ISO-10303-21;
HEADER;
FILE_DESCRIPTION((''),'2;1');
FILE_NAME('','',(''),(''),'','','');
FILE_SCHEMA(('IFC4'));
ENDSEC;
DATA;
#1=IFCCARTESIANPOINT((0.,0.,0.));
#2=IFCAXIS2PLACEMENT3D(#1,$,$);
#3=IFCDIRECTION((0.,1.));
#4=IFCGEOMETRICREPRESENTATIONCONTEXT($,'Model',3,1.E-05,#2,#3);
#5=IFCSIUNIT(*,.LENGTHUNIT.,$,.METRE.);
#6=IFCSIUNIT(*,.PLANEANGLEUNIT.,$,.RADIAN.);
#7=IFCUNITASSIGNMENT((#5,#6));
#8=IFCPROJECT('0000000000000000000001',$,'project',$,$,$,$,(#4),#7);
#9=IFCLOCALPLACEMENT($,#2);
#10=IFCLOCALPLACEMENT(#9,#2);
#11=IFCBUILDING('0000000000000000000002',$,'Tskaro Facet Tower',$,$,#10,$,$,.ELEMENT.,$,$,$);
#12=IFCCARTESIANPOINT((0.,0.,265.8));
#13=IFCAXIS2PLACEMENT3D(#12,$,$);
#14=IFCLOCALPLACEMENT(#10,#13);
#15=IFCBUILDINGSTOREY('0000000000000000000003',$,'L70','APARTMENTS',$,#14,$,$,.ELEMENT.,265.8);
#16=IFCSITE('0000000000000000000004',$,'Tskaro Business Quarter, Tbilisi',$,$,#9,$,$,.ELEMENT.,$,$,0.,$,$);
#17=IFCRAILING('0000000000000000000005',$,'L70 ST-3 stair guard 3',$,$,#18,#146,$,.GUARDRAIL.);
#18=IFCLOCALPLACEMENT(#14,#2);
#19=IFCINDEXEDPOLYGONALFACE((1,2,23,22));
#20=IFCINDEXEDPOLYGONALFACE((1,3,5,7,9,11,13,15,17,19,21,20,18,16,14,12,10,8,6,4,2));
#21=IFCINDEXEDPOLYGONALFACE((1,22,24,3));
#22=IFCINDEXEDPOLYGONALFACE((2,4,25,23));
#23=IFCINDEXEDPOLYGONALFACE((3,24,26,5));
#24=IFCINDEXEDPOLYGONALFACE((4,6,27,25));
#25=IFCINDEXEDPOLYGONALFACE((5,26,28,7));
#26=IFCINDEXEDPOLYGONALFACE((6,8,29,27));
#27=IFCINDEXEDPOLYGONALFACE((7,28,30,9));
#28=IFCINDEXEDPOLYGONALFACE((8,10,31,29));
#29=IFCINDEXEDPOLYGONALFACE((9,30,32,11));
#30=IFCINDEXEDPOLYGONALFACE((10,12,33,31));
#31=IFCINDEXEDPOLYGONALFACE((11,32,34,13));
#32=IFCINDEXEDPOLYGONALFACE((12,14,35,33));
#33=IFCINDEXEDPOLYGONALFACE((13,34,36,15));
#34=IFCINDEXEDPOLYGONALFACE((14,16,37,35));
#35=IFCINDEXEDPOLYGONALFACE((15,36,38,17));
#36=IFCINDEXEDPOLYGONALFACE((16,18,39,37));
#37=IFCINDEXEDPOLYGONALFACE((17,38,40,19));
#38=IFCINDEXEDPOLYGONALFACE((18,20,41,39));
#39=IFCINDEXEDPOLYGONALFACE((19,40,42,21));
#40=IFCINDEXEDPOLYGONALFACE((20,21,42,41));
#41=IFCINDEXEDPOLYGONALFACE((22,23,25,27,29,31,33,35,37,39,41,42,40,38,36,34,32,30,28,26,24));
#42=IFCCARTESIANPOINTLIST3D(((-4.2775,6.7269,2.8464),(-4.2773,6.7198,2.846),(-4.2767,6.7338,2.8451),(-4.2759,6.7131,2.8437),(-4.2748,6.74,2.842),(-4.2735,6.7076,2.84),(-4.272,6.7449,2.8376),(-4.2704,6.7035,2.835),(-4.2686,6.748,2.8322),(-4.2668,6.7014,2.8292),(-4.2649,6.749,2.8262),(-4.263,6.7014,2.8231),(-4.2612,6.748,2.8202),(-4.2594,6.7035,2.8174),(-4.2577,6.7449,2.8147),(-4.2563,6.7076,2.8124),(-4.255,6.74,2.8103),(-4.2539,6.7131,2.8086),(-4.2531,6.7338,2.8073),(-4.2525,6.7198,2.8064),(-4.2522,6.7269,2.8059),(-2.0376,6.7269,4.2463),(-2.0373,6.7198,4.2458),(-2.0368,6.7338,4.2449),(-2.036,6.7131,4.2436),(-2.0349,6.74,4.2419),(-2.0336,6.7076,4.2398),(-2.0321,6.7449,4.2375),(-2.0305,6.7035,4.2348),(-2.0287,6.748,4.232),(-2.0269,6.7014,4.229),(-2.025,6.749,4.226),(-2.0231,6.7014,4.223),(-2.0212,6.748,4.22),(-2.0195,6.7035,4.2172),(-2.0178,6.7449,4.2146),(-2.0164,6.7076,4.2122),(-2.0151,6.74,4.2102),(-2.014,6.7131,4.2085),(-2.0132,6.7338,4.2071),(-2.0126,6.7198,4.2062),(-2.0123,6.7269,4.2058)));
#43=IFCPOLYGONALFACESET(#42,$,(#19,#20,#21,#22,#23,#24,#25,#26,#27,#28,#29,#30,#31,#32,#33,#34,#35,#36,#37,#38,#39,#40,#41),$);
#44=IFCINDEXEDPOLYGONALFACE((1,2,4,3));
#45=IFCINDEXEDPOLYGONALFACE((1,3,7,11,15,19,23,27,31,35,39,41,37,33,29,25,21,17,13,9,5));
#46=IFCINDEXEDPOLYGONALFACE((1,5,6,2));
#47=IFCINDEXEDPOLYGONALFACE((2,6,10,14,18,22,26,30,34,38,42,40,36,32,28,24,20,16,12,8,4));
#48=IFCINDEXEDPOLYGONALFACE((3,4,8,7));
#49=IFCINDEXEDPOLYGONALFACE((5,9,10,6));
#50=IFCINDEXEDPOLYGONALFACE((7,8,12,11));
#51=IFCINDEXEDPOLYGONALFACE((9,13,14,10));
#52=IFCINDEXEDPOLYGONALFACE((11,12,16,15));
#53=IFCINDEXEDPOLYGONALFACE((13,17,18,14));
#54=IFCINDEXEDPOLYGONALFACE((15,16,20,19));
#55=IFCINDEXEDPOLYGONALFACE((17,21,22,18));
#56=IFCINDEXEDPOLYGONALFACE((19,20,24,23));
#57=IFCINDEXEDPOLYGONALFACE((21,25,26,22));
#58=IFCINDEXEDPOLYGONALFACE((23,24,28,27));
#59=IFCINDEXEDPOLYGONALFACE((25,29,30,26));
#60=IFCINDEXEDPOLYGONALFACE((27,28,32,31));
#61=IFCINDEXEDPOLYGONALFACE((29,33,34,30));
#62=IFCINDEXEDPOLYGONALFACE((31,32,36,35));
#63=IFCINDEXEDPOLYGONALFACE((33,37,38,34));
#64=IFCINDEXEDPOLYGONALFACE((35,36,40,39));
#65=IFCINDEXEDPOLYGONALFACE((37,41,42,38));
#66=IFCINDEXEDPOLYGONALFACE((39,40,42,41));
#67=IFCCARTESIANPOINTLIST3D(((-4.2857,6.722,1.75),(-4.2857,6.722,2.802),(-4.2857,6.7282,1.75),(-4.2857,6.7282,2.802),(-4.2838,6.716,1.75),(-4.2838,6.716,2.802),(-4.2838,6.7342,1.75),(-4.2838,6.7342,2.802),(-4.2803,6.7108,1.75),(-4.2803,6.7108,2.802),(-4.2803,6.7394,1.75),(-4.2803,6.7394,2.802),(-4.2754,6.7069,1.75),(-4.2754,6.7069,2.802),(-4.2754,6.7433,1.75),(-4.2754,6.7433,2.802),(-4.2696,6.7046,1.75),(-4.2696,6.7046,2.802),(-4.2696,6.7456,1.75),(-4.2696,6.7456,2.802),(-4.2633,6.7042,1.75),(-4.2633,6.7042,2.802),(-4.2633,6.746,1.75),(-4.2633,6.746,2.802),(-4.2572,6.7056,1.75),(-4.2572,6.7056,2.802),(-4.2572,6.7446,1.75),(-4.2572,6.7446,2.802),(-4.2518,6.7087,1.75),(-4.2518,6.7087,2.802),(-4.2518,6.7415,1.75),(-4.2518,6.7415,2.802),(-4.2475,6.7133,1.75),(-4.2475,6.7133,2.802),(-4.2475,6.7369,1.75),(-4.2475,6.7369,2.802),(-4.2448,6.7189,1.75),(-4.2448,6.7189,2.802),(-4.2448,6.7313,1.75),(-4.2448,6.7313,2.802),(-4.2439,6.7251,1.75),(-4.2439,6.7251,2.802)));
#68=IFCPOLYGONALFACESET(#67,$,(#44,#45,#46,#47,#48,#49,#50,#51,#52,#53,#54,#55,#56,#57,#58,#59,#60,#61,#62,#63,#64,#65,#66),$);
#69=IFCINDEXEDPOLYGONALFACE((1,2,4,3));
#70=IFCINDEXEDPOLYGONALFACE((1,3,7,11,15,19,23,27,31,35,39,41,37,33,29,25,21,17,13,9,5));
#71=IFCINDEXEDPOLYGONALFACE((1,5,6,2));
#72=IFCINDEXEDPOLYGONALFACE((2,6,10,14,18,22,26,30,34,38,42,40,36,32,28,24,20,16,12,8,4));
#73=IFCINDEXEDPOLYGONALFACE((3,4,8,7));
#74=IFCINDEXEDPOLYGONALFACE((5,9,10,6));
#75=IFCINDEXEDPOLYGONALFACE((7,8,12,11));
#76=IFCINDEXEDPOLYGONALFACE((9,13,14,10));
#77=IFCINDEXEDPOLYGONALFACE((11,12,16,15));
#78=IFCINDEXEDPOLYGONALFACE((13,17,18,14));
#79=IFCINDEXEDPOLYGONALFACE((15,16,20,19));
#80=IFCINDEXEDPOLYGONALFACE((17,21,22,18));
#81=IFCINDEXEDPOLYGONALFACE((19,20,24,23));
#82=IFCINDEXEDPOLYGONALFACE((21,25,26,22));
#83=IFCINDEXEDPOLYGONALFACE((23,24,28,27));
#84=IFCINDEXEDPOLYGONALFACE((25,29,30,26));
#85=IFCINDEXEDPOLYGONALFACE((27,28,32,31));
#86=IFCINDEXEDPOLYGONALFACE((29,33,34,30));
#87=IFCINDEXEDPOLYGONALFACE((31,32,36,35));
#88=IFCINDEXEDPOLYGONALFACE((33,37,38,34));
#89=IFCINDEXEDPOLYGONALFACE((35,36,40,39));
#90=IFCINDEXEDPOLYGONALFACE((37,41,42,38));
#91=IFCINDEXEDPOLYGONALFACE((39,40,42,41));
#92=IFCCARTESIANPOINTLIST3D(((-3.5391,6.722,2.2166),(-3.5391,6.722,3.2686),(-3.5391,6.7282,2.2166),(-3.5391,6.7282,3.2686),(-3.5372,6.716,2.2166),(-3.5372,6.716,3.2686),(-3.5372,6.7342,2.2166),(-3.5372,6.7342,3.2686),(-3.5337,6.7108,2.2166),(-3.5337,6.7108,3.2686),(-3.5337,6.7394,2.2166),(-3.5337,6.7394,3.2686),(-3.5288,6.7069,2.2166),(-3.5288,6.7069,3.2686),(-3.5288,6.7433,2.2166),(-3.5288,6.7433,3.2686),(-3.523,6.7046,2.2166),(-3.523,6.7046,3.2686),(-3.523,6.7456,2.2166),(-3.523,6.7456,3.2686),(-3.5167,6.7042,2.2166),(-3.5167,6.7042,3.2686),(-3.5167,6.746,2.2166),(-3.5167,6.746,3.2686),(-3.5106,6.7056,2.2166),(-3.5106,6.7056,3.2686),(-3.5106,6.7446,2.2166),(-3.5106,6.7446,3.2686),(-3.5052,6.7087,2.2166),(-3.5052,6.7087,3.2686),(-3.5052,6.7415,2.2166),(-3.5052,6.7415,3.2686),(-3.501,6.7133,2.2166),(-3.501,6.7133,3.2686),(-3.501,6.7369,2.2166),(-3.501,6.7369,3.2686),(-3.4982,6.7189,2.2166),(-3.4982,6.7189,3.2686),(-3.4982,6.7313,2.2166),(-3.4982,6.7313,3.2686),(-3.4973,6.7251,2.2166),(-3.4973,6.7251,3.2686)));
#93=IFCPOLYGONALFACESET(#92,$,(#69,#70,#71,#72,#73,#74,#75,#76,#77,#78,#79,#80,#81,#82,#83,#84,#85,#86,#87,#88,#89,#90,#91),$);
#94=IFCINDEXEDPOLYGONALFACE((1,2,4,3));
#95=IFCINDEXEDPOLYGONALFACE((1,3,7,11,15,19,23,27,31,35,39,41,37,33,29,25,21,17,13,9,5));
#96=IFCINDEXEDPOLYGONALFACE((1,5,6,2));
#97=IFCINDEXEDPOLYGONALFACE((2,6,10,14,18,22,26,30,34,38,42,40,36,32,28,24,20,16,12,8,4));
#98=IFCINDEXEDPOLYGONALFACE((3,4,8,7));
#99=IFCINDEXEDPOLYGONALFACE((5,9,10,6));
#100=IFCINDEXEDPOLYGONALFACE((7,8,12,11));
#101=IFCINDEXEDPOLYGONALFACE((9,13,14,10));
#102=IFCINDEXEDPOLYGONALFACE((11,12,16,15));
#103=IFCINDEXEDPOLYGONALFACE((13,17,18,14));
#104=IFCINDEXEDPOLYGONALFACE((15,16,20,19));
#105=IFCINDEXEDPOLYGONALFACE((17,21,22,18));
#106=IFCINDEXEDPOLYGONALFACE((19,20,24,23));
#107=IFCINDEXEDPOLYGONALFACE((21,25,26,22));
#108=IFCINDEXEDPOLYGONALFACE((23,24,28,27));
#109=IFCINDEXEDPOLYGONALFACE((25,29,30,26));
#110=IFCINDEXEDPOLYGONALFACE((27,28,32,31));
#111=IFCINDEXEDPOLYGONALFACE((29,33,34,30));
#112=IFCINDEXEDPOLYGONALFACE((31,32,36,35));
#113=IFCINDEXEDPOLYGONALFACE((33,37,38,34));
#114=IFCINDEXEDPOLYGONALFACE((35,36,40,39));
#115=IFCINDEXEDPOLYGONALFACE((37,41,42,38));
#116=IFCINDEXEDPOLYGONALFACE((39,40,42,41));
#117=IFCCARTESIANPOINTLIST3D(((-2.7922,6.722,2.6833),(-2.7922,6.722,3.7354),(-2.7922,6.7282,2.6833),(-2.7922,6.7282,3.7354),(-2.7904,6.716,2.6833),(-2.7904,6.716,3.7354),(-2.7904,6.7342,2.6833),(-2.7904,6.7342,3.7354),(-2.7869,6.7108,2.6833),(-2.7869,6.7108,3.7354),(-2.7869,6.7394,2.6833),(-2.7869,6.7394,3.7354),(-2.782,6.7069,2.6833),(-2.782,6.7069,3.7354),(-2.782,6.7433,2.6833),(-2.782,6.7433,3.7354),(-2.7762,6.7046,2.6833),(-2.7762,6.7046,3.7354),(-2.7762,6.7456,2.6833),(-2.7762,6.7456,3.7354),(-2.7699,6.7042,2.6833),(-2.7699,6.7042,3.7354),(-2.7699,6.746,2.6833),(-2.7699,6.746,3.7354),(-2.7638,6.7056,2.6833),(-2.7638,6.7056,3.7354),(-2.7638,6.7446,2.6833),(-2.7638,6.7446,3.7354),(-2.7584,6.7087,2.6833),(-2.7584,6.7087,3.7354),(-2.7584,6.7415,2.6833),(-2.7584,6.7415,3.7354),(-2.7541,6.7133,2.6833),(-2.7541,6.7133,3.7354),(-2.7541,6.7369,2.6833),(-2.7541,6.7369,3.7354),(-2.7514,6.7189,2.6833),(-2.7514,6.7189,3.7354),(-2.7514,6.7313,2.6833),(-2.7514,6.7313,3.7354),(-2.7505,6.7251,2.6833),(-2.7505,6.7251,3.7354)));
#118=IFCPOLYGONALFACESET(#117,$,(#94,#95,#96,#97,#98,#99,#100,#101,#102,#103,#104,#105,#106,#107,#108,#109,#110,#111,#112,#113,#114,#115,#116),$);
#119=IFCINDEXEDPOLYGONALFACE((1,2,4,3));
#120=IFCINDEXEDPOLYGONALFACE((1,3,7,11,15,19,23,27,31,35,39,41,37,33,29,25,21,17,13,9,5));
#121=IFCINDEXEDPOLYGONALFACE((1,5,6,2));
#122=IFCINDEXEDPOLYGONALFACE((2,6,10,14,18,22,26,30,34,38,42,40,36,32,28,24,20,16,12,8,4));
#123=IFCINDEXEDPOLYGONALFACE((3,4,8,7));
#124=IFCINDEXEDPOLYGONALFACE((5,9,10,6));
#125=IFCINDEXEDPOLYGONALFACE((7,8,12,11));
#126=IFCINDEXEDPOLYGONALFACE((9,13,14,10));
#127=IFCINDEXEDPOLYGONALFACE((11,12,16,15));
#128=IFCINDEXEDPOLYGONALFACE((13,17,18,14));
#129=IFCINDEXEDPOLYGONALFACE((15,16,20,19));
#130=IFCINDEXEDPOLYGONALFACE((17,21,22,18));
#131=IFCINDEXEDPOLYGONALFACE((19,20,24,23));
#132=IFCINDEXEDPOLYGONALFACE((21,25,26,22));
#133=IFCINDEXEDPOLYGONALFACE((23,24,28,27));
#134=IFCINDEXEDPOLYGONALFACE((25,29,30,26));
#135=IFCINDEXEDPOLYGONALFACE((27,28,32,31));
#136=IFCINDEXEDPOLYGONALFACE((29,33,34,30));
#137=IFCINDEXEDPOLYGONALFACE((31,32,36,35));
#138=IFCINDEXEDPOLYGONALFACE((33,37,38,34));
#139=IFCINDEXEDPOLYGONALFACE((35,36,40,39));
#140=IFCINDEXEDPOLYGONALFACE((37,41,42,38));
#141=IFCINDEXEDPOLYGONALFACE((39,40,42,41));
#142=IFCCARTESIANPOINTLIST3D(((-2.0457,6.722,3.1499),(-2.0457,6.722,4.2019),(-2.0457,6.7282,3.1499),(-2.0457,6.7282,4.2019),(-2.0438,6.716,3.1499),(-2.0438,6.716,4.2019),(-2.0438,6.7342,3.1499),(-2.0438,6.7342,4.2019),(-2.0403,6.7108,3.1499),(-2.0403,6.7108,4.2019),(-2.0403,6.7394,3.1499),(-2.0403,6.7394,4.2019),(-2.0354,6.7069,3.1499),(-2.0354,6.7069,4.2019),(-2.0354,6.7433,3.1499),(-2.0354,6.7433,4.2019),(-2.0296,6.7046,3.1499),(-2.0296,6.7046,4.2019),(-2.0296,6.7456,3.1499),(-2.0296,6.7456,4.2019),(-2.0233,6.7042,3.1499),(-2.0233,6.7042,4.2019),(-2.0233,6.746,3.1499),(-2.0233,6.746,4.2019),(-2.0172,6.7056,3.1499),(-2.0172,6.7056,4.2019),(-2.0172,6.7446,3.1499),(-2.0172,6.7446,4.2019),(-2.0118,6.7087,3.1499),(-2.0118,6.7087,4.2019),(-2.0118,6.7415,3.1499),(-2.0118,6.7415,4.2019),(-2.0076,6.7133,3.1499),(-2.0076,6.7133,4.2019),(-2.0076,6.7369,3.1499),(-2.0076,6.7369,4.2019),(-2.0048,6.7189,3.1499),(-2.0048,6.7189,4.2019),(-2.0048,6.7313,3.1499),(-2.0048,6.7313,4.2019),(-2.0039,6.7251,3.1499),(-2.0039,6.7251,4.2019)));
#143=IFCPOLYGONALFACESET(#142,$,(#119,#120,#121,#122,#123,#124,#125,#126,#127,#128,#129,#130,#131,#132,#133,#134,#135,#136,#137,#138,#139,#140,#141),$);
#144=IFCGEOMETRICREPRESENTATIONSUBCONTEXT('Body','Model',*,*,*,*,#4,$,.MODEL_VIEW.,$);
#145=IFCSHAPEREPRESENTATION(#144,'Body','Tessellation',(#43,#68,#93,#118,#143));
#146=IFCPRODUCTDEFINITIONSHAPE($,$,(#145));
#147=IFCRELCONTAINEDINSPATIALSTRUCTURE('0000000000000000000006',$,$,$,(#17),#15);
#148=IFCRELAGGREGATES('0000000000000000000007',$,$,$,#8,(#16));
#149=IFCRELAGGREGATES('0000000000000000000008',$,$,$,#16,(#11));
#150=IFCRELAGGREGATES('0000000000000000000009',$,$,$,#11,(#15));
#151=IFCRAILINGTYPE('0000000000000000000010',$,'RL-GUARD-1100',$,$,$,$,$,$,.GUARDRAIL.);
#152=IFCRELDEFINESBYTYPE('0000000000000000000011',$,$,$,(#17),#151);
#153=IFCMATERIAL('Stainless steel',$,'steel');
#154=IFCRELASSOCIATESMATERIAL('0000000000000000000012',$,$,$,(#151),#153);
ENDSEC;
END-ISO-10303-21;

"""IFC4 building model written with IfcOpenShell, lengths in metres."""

from ifc_helpers import new_model, si_unit, direction, frame, origin, origin_2d, place, context, subcontext, project, spatial, circle, extrude, material, type_object, element, save


model = new_model("IFC4")

# Units and contexts
model_context = context("Model", 3, precision=1e-05, world=origin(), true_north=direction((0.0, 1.0)))
body_context = subcontext(model_context, "Body", "Model", "MODEL_VIEW")
ifc_project = project(units=[si_unit("LENGTHUNIT", "METRE"), si_unit("PLANEANGLEUNIT", "RADIAN")], contexts=[model_context])

# Site, building, storey
site_placement = place(None, origin())
site = spatial("IfcSite", under=ifc_project, at=site_placement, Name="Tskaro Business Quarter, Tbilisi", CompositionType="ELEMENT", RefElevation=0.0)
building_placement = place(site_placement, origin())
building = spatial("IfcBuilding", under=site, at=building_placement, Name="Tskaro Facet Tower", CompositionType="ELEMENT")
storey_placement = place(building_placement, frame((0.0, 0.0, 265.8)))
storey = spatial("IfcBuildingStorey", under=building, at=storey_placement, Name="L70", Description="APARTMENTS", CompositionType="ELEMENT", Elevation=265.8)

# Railing
ifc_material_1 = material(Name="Stainless steel", Category="steel")
railing_type_1 = type_object("IfcRailingType", Name="RL-GUARD-1100", PredefinedType="GUARDRAIL", material=ifc_material_1)
railing_1_placement = place(storey_placement, frame((-4.2649, 6.7251, 1.75)))
element("IfcRailing", 1, at=railing_1_placement, inside=storey, type_object=railing_type_1, Name="L70 ST-3 stair guard 3", PredefinedType="GUARDRAIL", context=body_context, shape_type="SweptSolid", body=[
    extrude(circle(Radius=0.0239, at=origin_2d()), frame((0.0, 0.0, 1.0762), z_axis=(0.848014, 0.0, 0.529974), x_axis=(0.0, 1.0, 0.0)), (0.0, 0.0, 1.0), 2.6414),
    extrude(circle(Radius=0.021, at=origin_2d()), origin(), (0.0, 0.0, 1.0), 1.052),
    extrude(circle(Radius=0.021, at=origin_2d()), frame((0.7466, 0.0, 0.4666)), (0.0, 0.0, 1.0), 1.052),
    extrude(circle(Radius=0.021, at=origin_2d()), frame((1.4934, 0.0, 0.9333)), (0.0, 0.0, 1.0), 1.052),
    extrude(circle(Radius=0.021, at=origin_2d()), frame((2.24, 0.0, 1.3999)), (0.0, 0.0, 1.0), 1.052),
])

save(model, "model.ifc")
